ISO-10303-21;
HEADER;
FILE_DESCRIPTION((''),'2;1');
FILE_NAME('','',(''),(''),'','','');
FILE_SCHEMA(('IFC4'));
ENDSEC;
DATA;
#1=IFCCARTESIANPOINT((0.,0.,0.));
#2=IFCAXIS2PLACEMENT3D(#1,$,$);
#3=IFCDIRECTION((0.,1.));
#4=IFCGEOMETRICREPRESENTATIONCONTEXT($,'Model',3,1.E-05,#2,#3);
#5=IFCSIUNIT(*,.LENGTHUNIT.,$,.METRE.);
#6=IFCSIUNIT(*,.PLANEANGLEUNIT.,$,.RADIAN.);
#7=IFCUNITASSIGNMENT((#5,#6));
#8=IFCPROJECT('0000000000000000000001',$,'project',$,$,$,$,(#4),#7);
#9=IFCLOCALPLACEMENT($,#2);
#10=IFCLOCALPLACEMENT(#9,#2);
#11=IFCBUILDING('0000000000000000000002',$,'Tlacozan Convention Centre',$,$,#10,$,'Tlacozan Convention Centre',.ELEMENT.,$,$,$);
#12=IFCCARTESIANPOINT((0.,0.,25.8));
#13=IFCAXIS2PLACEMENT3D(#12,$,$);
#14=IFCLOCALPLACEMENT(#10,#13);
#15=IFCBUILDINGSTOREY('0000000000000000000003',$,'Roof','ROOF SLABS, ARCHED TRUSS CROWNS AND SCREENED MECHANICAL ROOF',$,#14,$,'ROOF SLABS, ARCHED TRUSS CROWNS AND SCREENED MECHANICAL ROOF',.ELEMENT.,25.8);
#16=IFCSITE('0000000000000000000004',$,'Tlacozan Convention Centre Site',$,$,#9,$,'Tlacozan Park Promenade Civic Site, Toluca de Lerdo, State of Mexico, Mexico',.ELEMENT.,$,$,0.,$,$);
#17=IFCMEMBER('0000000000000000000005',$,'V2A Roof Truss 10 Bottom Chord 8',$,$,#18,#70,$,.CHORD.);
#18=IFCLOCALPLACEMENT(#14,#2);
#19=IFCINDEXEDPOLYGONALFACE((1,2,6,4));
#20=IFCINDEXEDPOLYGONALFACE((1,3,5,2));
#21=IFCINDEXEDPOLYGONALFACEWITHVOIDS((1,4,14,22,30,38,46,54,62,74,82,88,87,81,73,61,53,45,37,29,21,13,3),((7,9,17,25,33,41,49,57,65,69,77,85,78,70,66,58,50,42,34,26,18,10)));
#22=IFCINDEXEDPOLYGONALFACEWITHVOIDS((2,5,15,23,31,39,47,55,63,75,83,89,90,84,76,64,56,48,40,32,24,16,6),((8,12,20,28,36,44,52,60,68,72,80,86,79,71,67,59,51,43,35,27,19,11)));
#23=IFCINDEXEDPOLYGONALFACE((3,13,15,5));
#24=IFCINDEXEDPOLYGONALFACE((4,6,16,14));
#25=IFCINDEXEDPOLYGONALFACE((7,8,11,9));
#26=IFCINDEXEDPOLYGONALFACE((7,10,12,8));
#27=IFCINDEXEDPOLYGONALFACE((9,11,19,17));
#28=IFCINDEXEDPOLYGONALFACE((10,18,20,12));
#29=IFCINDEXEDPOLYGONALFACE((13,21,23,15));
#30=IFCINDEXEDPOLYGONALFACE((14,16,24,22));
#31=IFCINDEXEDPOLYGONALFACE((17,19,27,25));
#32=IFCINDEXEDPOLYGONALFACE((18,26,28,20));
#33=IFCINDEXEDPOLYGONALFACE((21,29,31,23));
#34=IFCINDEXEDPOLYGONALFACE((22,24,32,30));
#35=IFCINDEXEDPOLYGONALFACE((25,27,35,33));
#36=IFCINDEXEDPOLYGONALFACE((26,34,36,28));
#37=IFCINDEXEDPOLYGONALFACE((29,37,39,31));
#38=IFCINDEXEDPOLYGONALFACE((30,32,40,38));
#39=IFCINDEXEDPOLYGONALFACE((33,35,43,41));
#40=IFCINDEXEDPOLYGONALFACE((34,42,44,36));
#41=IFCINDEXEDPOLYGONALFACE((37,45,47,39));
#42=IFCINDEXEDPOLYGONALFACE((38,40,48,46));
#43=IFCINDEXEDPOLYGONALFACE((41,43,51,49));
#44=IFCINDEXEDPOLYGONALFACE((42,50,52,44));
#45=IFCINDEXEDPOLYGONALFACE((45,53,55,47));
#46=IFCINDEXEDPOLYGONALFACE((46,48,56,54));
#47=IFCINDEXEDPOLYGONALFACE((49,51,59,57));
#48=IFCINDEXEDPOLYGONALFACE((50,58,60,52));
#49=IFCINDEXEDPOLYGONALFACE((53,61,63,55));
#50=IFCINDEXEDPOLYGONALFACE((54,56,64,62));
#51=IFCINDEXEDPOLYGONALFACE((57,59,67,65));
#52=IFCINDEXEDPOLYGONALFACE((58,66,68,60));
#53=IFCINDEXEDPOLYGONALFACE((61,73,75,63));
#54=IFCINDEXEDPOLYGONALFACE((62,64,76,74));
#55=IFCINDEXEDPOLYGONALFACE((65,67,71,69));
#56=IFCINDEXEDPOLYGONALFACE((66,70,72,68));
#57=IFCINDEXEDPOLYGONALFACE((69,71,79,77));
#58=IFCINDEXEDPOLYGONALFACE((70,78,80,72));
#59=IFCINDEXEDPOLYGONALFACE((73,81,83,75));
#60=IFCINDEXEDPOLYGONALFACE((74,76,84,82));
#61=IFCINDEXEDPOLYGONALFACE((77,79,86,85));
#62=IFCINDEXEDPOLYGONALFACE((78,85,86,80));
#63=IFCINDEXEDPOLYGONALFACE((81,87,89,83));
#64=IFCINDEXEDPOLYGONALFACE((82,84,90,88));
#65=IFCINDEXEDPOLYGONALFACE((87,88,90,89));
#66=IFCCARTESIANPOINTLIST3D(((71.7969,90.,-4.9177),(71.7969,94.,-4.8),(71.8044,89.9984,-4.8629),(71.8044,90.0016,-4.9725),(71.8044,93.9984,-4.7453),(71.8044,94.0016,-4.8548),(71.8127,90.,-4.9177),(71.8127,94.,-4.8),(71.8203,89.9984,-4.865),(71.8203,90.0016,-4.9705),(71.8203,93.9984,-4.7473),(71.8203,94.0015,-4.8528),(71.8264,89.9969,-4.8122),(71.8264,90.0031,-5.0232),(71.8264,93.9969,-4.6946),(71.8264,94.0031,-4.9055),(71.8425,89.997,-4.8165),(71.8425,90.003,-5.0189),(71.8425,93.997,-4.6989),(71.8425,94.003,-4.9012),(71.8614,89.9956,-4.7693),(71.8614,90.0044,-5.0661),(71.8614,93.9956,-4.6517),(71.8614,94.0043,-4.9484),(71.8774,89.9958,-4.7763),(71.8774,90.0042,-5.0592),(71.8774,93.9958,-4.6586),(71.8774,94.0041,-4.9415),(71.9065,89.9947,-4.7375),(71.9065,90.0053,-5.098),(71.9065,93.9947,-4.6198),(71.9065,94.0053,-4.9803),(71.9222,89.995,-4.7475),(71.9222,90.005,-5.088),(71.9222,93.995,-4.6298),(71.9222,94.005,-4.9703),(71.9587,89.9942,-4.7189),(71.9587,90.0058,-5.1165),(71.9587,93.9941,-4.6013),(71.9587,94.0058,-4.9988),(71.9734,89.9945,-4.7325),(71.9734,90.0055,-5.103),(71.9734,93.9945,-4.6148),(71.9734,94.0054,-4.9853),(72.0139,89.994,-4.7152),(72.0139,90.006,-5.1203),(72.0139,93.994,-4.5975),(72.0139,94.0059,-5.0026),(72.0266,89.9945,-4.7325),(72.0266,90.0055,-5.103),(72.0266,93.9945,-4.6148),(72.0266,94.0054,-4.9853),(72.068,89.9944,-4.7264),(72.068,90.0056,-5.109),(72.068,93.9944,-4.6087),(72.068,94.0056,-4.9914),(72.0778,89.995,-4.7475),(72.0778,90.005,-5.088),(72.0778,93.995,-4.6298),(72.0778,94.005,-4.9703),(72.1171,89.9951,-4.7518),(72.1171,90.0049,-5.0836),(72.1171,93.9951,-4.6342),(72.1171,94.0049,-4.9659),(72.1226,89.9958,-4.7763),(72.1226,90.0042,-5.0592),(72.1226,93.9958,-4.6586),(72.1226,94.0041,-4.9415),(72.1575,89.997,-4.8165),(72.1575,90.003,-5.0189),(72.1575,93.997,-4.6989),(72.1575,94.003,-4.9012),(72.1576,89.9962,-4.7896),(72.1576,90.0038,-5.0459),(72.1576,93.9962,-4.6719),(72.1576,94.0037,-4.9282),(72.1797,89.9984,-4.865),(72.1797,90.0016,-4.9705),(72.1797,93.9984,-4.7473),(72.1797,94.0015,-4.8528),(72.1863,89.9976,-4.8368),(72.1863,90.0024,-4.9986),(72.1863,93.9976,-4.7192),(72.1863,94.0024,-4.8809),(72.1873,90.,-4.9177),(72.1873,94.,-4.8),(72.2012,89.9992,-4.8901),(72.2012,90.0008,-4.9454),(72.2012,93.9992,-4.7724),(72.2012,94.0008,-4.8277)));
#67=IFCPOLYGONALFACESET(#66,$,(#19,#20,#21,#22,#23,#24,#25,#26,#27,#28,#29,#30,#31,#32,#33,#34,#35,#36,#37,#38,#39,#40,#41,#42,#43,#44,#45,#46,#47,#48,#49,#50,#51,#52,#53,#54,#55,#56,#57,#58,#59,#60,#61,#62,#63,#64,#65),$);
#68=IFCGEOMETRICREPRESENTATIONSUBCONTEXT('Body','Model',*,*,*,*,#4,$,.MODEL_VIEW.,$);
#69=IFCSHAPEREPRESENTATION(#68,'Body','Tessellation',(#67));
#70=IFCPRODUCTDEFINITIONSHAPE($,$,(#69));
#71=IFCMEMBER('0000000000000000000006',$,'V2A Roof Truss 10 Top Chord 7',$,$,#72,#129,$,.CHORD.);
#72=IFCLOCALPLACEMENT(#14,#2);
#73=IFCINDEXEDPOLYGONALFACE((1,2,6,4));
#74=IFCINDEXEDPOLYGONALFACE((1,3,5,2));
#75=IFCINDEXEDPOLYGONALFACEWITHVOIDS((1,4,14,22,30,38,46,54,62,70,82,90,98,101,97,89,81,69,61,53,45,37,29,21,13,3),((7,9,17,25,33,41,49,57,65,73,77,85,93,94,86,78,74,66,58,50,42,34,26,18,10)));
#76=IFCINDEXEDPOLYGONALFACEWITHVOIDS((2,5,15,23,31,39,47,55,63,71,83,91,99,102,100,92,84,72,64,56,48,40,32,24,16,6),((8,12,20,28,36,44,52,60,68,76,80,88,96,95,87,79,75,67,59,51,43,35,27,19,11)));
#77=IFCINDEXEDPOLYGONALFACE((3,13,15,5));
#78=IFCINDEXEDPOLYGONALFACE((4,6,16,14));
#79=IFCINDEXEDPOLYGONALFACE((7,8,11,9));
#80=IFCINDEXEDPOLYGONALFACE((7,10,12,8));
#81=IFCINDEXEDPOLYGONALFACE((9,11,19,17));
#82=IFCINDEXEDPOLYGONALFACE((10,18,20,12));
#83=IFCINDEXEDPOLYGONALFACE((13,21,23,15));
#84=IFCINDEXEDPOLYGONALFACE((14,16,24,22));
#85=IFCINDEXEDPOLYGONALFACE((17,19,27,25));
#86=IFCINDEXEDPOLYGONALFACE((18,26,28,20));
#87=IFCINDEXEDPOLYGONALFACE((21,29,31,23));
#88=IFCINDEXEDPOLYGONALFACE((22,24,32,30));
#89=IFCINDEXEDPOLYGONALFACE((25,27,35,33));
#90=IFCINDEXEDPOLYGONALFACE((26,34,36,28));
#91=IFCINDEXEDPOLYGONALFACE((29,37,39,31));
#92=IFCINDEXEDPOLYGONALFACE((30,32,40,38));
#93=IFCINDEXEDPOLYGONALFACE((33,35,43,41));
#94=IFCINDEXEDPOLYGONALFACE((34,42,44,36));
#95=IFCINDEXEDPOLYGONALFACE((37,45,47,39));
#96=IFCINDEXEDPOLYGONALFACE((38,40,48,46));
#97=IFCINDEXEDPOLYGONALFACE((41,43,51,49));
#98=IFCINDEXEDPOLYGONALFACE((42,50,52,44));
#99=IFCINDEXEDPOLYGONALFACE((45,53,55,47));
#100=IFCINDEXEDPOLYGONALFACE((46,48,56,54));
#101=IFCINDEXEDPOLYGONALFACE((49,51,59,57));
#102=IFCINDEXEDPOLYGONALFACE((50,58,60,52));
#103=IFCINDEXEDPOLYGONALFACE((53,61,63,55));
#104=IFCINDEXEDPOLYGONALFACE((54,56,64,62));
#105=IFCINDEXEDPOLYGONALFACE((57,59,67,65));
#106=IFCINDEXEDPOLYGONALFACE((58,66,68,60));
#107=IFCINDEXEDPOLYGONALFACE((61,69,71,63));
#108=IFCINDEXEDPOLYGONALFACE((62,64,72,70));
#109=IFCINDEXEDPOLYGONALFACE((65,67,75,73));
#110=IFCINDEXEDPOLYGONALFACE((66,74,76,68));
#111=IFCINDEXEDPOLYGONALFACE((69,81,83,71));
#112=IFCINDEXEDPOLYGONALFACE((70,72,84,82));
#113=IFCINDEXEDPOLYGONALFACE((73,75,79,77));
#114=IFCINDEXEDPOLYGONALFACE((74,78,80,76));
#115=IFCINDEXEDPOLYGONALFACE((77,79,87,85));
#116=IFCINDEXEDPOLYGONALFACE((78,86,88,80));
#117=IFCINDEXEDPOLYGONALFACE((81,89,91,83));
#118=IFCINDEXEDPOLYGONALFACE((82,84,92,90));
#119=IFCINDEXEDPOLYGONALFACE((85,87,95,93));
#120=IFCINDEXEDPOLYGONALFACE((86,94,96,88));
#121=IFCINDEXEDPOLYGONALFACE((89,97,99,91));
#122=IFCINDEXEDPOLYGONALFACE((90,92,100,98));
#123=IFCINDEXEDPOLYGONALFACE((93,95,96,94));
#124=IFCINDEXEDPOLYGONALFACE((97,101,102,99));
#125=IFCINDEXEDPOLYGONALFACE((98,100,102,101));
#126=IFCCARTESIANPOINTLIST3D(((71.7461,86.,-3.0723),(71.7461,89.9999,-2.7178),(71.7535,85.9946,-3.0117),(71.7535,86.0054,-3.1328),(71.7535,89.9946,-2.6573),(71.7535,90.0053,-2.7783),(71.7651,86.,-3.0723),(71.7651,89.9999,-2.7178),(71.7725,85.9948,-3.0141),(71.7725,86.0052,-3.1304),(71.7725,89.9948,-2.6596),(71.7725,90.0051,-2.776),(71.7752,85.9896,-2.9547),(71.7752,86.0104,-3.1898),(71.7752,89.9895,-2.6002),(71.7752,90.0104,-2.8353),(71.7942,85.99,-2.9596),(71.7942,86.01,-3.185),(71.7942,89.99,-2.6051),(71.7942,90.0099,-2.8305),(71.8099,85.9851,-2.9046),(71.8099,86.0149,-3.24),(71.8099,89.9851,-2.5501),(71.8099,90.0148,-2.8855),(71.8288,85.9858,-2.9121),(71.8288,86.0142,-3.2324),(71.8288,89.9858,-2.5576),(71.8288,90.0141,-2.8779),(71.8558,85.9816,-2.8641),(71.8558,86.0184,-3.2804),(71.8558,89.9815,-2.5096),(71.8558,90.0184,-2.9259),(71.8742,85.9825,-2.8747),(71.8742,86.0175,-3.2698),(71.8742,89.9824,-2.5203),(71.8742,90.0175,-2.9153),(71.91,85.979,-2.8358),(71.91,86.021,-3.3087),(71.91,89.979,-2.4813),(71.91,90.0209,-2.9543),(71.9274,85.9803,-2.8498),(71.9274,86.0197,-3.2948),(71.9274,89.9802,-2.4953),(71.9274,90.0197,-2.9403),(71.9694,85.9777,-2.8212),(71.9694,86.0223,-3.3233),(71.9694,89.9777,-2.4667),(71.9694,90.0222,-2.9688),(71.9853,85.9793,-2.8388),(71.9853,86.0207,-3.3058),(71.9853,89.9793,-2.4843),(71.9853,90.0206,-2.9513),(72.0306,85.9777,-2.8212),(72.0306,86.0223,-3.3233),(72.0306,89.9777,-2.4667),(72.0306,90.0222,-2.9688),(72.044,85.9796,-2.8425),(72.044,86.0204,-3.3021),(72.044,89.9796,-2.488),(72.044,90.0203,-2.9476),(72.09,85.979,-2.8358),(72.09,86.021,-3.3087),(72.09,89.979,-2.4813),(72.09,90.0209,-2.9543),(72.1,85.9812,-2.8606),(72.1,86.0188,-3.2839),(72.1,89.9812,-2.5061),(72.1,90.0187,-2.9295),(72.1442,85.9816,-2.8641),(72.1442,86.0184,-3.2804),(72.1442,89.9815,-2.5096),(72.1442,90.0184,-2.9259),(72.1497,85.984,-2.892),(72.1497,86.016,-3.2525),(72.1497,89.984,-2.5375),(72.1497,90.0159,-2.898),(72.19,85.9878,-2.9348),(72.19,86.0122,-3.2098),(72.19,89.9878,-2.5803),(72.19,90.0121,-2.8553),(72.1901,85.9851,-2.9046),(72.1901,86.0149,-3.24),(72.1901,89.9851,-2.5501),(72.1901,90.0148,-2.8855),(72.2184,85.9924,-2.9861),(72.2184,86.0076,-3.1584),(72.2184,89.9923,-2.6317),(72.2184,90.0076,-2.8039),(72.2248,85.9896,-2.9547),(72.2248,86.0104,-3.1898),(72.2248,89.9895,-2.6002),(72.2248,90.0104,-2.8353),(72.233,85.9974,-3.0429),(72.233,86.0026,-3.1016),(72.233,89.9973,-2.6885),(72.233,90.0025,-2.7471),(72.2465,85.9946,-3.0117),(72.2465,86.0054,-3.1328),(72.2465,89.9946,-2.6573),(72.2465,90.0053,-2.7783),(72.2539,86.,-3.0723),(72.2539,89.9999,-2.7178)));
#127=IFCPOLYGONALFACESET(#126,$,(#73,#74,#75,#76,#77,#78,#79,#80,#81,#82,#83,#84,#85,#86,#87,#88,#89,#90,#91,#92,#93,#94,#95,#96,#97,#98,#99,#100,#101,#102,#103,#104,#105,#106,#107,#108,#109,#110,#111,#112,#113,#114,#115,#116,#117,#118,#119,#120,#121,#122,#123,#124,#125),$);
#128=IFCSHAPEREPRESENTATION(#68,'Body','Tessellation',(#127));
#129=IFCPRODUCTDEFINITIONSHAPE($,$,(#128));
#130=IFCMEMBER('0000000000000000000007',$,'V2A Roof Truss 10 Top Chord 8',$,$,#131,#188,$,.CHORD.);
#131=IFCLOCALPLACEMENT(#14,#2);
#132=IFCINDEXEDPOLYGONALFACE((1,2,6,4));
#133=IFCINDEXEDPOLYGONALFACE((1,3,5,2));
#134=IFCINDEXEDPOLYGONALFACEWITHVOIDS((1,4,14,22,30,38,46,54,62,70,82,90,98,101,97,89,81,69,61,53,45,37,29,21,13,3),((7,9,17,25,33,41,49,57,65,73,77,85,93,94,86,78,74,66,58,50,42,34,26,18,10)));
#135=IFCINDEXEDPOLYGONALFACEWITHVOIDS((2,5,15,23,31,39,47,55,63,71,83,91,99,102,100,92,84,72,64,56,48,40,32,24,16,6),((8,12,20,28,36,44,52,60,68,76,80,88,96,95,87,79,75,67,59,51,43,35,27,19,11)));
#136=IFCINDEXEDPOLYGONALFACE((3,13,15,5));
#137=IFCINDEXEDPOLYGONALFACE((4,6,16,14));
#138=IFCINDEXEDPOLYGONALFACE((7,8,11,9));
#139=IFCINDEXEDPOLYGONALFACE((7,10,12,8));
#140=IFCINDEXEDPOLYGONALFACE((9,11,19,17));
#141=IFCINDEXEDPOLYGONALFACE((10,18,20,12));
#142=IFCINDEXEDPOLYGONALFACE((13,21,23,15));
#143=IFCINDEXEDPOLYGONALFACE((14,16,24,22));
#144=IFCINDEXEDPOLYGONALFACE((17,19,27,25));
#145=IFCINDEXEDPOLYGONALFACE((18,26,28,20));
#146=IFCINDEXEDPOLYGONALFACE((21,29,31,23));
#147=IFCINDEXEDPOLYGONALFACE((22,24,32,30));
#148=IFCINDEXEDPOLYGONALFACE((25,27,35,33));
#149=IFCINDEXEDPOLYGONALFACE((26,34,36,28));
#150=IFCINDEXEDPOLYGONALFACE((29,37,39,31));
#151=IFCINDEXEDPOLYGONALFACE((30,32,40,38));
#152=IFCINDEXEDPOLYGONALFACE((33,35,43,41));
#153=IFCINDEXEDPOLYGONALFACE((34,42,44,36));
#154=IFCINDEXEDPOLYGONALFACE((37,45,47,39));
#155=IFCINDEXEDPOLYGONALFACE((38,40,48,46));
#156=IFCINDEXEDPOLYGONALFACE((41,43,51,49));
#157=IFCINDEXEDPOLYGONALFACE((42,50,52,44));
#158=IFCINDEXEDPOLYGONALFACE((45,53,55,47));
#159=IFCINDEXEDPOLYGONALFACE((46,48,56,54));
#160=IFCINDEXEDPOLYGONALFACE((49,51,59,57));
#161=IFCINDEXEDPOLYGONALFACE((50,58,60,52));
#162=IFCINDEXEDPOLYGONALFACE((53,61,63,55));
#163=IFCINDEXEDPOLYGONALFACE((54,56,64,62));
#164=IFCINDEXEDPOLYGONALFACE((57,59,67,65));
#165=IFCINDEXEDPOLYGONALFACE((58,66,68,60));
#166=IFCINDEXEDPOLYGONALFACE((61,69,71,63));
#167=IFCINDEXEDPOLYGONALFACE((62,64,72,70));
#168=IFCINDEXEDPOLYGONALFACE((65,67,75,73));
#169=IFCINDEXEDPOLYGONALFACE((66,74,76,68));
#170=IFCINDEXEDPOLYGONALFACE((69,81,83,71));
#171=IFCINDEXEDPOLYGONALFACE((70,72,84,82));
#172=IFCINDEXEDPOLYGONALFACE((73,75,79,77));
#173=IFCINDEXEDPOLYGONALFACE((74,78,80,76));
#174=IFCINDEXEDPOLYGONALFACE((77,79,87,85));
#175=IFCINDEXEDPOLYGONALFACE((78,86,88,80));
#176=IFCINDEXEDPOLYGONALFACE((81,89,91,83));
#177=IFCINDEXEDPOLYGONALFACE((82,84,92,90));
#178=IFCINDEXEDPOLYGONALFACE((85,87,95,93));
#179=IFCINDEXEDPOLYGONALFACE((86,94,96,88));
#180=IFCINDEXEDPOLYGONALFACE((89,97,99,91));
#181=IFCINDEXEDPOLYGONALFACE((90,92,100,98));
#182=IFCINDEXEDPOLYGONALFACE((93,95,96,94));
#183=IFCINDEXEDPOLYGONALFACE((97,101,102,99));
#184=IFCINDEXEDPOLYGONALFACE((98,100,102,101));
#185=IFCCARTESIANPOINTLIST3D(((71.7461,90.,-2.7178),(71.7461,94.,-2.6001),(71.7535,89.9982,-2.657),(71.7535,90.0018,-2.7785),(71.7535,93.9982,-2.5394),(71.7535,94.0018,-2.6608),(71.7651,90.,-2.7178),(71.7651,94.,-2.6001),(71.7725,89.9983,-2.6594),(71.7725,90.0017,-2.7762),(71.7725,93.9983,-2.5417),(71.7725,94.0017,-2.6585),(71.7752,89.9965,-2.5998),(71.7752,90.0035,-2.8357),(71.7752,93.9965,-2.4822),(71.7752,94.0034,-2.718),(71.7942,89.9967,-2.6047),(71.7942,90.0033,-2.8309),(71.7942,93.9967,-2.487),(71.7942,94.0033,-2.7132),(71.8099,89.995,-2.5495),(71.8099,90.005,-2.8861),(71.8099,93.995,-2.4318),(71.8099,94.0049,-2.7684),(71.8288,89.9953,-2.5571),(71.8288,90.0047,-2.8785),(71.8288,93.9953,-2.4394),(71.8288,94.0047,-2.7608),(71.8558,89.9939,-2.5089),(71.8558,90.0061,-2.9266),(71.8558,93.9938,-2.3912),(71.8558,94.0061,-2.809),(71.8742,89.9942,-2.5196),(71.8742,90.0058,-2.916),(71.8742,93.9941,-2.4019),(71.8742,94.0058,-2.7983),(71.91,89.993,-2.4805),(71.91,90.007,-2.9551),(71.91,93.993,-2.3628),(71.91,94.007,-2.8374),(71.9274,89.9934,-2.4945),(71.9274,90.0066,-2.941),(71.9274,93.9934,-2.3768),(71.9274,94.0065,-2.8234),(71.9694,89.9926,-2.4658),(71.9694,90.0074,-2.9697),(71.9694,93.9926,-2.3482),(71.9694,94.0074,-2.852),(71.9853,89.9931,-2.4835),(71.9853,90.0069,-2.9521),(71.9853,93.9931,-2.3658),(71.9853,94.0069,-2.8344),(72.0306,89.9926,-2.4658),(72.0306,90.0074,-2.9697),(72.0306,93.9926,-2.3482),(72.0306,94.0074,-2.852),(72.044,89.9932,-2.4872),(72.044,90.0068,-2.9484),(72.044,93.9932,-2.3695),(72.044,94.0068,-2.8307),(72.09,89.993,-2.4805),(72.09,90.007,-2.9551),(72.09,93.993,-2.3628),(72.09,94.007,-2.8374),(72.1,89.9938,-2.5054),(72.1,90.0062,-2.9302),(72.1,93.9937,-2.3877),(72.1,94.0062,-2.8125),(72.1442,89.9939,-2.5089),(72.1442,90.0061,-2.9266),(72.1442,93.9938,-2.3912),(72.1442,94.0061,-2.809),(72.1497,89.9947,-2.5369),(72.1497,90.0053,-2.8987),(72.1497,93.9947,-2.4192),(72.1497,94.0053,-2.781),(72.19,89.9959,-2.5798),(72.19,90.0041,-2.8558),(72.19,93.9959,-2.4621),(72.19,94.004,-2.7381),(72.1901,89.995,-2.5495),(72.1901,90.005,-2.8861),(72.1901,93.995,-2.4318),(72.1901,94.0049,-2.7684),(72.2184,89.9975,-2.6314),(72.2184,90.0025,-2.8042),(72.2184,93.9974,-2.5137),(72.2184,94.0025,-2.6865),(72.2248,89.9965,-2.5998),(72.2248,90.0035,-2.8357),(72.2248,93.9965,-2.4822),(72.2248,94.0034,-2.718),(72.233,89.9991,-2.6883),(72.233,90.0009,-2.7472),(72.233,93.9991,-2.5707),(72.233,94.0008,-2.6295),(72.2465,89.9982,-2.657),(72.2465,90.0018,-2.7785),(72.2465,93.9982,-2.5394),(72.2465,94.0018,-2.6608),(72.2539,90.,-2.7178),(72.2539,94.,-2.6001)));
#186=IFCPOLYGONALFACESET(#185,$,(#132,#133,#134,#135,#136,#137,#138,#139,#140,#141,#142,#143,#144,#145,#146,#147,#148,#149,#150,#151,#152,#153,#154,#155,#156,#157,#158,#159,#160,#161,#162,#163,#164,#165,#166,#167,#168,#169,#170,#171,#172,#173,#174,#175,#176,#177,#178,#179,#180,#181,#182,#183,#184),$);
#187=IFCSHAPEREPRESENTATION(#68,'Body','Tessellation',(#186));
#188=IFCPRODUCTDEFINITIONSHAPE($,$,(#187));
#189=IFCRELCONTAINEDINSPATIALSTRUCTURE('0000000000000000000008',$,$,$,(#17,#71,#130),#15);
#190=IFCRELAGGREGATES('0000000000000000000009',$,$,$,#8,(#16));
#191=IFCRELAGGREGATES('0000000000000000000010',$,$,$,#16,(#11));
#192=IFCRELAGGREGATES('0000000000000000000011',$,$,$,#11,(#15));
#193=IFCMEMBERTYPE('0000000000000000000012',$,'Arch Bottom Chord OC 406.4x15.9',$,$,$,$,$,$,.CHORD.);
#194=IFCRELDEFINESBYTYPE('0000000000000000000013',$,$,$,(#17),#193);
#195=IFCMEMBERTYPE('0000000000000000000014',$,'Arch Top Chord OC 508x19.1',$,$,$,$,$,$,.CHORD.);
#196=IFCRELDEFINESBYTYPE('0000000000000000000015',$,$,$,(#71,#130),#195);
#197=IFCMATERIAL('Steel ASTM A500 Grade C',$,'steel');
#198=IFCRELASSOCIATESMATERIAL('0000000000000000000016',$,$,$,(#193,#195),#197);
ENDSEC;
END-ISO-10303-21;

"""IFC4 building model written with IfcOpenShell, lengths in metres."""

from ifc_helpers import new_model, si_unit, direction, frame, origin, origin_2d, place, context, subcontext, project, spatial, hollow_circle, extrude, material, material_profile, profile_set, type_object, element, save


model = new_model("IFC4")

# Units and contexts
model_context = context("Model", 3, precision=1e-05, world=origin(), true_north=direction((0.0, 1.0)))
body_context = subcontext(model_context, "Body", "Model", "MODEL_VIEW")
ifc_project = project(units=[si_unit("LENGTHUNIT", "METRE"), si_unit("PLANEANGLEUNIT", "RADIAN")], contexts=[model_context])

# Site, building, storey
site_placement = place(None, origin())
site = spatial("IfcSite", under=ifc_project, at=site_placement, Name="Tlacozan Convention Centre Site", LongName="Tlacozan Park Promenade Civic Site, Toluca de Lerdo, State of Mexico, Mexico", CompositionType="ELEMENT", RefElevation=0.0)
building_placement = place(site_placement, origin())
building = spatial("IfcBuilding", under=site, at=building_placement, Name="Tlacozan Convention Centre", LongName="Tlacozan Convention Centre", CompositionType="ELEMENT")
storey_placement = place(building_placement, frame((0.0, 0.0, 25.8)))
storey = spatial("IfcBuildingStorey", under=building, at=storey_placement, Name="Roof", Description="ROOF SLABS, ARCHED TRUSS CROWNS AND SCREENED MECHANICAL ROOF", LongName="ROOF SLABS, ARCHED TRUSS CROWNS AND SCREENED MECHANICAL ROOF", CompositionType="ELEMENT", Elevation=25.8)

# Members
ifc_material_1 = material(Name="Steel ASTM A500 Grade C", Category="steel")
ifc_material_profile_1 = material_profile(ifc_material_1, hollow_circle(Radius=0.2031, WallThickness=0.0159, at=origin_2d()), Name="OC 406.4x15.9")
ifc_profile_set_1 = profile_set([ifc_material_profile_1], Name="Steel ASTM A500 Grade C")
member_type_1 = type_object("IfcMemberType", Name="Arch Bottom Chord OC 406.4x15.9", PredefinedType="CHORD", material=ifc_profile_set_1)
member_1_placement = place(storey_placement, frame((72.0, 90.0, -4.9177), z_axis=(0.0, 0.999568, 0.029406), x_axis=(-1.0, 0.0, 0.0)))
element("IfcMember", 1, at=member_1_placement, inside=storey, type_object=member_type_1, Name="V2A Roof Truss 10 Bottom Chord 8", PredefinedType="CHORD", context=body_context, shape_type="SweptSolid", body=[
    extrude(hollow_circle(Radius=0.2031, WallThickness=0.0159, at=origin_2d()), origin(), (0.0, 0.0, 1.0), 4.0017),
])
ifc_material_profile_2 = material_profile(ifc_material_1, hollow_circle(Radius=0.2539, WallThickness=0.019, at=origin_2d()), Name="OC 508.0x19.1")
ifc_profile_set_2 = profile_set([ifc_material_profile_2], Name="Steel ASTM A500 Grade C")
member_type_2 = type_object("IfcMemberType", Name="Arch Top Chord OC 508x19.1", PredefinedType="CHORD", material=ifc_profile_set_2)
member_2_placement = place(storey_placement, frame((72.0, 86.0, -3.0723), z_axis=(0.0, 0.996096, 0.088277), x_axis=(-1.0, 0.0, 0.0)))
element("IfcMember", 2, at=member_2_placement, inside=storey, type_object=member_type_2, Name="V2A Roof Truss 10 Top Chord 7", PredefinedType="CHORD", context=body_context, shape_type="SweptSolid", body=[
    extrude(hollow_circle(Radius=0.2539, WallThickness=0.019, at=origin_2d()), origin(), (0.0, 0.0, 1.0), 4.0156),
])
member_3_placement = place(storey_placement, frame((72.0, 90.0, -2.7178), z_axis=(0.0, 0.999568, 0.029406), x_axis=(-1.0, 0.0, 0.0)))
element("IfcMember", 3, at=member_3_placement, inside=storey, type_object=member_type_2, Name="V2A Roof Truss 10 Top Chord 8", PredefinedType="CHORD", context=body_context, shape_type="SweptSolid", body=[
    extrude(hollow_circle(Radius=0.2539, WallThickness=0.019, at=origin_2d()), origin(), (0.0, 0.0, 1.0), 4.0017),
])

save(model, "model.ifc")
